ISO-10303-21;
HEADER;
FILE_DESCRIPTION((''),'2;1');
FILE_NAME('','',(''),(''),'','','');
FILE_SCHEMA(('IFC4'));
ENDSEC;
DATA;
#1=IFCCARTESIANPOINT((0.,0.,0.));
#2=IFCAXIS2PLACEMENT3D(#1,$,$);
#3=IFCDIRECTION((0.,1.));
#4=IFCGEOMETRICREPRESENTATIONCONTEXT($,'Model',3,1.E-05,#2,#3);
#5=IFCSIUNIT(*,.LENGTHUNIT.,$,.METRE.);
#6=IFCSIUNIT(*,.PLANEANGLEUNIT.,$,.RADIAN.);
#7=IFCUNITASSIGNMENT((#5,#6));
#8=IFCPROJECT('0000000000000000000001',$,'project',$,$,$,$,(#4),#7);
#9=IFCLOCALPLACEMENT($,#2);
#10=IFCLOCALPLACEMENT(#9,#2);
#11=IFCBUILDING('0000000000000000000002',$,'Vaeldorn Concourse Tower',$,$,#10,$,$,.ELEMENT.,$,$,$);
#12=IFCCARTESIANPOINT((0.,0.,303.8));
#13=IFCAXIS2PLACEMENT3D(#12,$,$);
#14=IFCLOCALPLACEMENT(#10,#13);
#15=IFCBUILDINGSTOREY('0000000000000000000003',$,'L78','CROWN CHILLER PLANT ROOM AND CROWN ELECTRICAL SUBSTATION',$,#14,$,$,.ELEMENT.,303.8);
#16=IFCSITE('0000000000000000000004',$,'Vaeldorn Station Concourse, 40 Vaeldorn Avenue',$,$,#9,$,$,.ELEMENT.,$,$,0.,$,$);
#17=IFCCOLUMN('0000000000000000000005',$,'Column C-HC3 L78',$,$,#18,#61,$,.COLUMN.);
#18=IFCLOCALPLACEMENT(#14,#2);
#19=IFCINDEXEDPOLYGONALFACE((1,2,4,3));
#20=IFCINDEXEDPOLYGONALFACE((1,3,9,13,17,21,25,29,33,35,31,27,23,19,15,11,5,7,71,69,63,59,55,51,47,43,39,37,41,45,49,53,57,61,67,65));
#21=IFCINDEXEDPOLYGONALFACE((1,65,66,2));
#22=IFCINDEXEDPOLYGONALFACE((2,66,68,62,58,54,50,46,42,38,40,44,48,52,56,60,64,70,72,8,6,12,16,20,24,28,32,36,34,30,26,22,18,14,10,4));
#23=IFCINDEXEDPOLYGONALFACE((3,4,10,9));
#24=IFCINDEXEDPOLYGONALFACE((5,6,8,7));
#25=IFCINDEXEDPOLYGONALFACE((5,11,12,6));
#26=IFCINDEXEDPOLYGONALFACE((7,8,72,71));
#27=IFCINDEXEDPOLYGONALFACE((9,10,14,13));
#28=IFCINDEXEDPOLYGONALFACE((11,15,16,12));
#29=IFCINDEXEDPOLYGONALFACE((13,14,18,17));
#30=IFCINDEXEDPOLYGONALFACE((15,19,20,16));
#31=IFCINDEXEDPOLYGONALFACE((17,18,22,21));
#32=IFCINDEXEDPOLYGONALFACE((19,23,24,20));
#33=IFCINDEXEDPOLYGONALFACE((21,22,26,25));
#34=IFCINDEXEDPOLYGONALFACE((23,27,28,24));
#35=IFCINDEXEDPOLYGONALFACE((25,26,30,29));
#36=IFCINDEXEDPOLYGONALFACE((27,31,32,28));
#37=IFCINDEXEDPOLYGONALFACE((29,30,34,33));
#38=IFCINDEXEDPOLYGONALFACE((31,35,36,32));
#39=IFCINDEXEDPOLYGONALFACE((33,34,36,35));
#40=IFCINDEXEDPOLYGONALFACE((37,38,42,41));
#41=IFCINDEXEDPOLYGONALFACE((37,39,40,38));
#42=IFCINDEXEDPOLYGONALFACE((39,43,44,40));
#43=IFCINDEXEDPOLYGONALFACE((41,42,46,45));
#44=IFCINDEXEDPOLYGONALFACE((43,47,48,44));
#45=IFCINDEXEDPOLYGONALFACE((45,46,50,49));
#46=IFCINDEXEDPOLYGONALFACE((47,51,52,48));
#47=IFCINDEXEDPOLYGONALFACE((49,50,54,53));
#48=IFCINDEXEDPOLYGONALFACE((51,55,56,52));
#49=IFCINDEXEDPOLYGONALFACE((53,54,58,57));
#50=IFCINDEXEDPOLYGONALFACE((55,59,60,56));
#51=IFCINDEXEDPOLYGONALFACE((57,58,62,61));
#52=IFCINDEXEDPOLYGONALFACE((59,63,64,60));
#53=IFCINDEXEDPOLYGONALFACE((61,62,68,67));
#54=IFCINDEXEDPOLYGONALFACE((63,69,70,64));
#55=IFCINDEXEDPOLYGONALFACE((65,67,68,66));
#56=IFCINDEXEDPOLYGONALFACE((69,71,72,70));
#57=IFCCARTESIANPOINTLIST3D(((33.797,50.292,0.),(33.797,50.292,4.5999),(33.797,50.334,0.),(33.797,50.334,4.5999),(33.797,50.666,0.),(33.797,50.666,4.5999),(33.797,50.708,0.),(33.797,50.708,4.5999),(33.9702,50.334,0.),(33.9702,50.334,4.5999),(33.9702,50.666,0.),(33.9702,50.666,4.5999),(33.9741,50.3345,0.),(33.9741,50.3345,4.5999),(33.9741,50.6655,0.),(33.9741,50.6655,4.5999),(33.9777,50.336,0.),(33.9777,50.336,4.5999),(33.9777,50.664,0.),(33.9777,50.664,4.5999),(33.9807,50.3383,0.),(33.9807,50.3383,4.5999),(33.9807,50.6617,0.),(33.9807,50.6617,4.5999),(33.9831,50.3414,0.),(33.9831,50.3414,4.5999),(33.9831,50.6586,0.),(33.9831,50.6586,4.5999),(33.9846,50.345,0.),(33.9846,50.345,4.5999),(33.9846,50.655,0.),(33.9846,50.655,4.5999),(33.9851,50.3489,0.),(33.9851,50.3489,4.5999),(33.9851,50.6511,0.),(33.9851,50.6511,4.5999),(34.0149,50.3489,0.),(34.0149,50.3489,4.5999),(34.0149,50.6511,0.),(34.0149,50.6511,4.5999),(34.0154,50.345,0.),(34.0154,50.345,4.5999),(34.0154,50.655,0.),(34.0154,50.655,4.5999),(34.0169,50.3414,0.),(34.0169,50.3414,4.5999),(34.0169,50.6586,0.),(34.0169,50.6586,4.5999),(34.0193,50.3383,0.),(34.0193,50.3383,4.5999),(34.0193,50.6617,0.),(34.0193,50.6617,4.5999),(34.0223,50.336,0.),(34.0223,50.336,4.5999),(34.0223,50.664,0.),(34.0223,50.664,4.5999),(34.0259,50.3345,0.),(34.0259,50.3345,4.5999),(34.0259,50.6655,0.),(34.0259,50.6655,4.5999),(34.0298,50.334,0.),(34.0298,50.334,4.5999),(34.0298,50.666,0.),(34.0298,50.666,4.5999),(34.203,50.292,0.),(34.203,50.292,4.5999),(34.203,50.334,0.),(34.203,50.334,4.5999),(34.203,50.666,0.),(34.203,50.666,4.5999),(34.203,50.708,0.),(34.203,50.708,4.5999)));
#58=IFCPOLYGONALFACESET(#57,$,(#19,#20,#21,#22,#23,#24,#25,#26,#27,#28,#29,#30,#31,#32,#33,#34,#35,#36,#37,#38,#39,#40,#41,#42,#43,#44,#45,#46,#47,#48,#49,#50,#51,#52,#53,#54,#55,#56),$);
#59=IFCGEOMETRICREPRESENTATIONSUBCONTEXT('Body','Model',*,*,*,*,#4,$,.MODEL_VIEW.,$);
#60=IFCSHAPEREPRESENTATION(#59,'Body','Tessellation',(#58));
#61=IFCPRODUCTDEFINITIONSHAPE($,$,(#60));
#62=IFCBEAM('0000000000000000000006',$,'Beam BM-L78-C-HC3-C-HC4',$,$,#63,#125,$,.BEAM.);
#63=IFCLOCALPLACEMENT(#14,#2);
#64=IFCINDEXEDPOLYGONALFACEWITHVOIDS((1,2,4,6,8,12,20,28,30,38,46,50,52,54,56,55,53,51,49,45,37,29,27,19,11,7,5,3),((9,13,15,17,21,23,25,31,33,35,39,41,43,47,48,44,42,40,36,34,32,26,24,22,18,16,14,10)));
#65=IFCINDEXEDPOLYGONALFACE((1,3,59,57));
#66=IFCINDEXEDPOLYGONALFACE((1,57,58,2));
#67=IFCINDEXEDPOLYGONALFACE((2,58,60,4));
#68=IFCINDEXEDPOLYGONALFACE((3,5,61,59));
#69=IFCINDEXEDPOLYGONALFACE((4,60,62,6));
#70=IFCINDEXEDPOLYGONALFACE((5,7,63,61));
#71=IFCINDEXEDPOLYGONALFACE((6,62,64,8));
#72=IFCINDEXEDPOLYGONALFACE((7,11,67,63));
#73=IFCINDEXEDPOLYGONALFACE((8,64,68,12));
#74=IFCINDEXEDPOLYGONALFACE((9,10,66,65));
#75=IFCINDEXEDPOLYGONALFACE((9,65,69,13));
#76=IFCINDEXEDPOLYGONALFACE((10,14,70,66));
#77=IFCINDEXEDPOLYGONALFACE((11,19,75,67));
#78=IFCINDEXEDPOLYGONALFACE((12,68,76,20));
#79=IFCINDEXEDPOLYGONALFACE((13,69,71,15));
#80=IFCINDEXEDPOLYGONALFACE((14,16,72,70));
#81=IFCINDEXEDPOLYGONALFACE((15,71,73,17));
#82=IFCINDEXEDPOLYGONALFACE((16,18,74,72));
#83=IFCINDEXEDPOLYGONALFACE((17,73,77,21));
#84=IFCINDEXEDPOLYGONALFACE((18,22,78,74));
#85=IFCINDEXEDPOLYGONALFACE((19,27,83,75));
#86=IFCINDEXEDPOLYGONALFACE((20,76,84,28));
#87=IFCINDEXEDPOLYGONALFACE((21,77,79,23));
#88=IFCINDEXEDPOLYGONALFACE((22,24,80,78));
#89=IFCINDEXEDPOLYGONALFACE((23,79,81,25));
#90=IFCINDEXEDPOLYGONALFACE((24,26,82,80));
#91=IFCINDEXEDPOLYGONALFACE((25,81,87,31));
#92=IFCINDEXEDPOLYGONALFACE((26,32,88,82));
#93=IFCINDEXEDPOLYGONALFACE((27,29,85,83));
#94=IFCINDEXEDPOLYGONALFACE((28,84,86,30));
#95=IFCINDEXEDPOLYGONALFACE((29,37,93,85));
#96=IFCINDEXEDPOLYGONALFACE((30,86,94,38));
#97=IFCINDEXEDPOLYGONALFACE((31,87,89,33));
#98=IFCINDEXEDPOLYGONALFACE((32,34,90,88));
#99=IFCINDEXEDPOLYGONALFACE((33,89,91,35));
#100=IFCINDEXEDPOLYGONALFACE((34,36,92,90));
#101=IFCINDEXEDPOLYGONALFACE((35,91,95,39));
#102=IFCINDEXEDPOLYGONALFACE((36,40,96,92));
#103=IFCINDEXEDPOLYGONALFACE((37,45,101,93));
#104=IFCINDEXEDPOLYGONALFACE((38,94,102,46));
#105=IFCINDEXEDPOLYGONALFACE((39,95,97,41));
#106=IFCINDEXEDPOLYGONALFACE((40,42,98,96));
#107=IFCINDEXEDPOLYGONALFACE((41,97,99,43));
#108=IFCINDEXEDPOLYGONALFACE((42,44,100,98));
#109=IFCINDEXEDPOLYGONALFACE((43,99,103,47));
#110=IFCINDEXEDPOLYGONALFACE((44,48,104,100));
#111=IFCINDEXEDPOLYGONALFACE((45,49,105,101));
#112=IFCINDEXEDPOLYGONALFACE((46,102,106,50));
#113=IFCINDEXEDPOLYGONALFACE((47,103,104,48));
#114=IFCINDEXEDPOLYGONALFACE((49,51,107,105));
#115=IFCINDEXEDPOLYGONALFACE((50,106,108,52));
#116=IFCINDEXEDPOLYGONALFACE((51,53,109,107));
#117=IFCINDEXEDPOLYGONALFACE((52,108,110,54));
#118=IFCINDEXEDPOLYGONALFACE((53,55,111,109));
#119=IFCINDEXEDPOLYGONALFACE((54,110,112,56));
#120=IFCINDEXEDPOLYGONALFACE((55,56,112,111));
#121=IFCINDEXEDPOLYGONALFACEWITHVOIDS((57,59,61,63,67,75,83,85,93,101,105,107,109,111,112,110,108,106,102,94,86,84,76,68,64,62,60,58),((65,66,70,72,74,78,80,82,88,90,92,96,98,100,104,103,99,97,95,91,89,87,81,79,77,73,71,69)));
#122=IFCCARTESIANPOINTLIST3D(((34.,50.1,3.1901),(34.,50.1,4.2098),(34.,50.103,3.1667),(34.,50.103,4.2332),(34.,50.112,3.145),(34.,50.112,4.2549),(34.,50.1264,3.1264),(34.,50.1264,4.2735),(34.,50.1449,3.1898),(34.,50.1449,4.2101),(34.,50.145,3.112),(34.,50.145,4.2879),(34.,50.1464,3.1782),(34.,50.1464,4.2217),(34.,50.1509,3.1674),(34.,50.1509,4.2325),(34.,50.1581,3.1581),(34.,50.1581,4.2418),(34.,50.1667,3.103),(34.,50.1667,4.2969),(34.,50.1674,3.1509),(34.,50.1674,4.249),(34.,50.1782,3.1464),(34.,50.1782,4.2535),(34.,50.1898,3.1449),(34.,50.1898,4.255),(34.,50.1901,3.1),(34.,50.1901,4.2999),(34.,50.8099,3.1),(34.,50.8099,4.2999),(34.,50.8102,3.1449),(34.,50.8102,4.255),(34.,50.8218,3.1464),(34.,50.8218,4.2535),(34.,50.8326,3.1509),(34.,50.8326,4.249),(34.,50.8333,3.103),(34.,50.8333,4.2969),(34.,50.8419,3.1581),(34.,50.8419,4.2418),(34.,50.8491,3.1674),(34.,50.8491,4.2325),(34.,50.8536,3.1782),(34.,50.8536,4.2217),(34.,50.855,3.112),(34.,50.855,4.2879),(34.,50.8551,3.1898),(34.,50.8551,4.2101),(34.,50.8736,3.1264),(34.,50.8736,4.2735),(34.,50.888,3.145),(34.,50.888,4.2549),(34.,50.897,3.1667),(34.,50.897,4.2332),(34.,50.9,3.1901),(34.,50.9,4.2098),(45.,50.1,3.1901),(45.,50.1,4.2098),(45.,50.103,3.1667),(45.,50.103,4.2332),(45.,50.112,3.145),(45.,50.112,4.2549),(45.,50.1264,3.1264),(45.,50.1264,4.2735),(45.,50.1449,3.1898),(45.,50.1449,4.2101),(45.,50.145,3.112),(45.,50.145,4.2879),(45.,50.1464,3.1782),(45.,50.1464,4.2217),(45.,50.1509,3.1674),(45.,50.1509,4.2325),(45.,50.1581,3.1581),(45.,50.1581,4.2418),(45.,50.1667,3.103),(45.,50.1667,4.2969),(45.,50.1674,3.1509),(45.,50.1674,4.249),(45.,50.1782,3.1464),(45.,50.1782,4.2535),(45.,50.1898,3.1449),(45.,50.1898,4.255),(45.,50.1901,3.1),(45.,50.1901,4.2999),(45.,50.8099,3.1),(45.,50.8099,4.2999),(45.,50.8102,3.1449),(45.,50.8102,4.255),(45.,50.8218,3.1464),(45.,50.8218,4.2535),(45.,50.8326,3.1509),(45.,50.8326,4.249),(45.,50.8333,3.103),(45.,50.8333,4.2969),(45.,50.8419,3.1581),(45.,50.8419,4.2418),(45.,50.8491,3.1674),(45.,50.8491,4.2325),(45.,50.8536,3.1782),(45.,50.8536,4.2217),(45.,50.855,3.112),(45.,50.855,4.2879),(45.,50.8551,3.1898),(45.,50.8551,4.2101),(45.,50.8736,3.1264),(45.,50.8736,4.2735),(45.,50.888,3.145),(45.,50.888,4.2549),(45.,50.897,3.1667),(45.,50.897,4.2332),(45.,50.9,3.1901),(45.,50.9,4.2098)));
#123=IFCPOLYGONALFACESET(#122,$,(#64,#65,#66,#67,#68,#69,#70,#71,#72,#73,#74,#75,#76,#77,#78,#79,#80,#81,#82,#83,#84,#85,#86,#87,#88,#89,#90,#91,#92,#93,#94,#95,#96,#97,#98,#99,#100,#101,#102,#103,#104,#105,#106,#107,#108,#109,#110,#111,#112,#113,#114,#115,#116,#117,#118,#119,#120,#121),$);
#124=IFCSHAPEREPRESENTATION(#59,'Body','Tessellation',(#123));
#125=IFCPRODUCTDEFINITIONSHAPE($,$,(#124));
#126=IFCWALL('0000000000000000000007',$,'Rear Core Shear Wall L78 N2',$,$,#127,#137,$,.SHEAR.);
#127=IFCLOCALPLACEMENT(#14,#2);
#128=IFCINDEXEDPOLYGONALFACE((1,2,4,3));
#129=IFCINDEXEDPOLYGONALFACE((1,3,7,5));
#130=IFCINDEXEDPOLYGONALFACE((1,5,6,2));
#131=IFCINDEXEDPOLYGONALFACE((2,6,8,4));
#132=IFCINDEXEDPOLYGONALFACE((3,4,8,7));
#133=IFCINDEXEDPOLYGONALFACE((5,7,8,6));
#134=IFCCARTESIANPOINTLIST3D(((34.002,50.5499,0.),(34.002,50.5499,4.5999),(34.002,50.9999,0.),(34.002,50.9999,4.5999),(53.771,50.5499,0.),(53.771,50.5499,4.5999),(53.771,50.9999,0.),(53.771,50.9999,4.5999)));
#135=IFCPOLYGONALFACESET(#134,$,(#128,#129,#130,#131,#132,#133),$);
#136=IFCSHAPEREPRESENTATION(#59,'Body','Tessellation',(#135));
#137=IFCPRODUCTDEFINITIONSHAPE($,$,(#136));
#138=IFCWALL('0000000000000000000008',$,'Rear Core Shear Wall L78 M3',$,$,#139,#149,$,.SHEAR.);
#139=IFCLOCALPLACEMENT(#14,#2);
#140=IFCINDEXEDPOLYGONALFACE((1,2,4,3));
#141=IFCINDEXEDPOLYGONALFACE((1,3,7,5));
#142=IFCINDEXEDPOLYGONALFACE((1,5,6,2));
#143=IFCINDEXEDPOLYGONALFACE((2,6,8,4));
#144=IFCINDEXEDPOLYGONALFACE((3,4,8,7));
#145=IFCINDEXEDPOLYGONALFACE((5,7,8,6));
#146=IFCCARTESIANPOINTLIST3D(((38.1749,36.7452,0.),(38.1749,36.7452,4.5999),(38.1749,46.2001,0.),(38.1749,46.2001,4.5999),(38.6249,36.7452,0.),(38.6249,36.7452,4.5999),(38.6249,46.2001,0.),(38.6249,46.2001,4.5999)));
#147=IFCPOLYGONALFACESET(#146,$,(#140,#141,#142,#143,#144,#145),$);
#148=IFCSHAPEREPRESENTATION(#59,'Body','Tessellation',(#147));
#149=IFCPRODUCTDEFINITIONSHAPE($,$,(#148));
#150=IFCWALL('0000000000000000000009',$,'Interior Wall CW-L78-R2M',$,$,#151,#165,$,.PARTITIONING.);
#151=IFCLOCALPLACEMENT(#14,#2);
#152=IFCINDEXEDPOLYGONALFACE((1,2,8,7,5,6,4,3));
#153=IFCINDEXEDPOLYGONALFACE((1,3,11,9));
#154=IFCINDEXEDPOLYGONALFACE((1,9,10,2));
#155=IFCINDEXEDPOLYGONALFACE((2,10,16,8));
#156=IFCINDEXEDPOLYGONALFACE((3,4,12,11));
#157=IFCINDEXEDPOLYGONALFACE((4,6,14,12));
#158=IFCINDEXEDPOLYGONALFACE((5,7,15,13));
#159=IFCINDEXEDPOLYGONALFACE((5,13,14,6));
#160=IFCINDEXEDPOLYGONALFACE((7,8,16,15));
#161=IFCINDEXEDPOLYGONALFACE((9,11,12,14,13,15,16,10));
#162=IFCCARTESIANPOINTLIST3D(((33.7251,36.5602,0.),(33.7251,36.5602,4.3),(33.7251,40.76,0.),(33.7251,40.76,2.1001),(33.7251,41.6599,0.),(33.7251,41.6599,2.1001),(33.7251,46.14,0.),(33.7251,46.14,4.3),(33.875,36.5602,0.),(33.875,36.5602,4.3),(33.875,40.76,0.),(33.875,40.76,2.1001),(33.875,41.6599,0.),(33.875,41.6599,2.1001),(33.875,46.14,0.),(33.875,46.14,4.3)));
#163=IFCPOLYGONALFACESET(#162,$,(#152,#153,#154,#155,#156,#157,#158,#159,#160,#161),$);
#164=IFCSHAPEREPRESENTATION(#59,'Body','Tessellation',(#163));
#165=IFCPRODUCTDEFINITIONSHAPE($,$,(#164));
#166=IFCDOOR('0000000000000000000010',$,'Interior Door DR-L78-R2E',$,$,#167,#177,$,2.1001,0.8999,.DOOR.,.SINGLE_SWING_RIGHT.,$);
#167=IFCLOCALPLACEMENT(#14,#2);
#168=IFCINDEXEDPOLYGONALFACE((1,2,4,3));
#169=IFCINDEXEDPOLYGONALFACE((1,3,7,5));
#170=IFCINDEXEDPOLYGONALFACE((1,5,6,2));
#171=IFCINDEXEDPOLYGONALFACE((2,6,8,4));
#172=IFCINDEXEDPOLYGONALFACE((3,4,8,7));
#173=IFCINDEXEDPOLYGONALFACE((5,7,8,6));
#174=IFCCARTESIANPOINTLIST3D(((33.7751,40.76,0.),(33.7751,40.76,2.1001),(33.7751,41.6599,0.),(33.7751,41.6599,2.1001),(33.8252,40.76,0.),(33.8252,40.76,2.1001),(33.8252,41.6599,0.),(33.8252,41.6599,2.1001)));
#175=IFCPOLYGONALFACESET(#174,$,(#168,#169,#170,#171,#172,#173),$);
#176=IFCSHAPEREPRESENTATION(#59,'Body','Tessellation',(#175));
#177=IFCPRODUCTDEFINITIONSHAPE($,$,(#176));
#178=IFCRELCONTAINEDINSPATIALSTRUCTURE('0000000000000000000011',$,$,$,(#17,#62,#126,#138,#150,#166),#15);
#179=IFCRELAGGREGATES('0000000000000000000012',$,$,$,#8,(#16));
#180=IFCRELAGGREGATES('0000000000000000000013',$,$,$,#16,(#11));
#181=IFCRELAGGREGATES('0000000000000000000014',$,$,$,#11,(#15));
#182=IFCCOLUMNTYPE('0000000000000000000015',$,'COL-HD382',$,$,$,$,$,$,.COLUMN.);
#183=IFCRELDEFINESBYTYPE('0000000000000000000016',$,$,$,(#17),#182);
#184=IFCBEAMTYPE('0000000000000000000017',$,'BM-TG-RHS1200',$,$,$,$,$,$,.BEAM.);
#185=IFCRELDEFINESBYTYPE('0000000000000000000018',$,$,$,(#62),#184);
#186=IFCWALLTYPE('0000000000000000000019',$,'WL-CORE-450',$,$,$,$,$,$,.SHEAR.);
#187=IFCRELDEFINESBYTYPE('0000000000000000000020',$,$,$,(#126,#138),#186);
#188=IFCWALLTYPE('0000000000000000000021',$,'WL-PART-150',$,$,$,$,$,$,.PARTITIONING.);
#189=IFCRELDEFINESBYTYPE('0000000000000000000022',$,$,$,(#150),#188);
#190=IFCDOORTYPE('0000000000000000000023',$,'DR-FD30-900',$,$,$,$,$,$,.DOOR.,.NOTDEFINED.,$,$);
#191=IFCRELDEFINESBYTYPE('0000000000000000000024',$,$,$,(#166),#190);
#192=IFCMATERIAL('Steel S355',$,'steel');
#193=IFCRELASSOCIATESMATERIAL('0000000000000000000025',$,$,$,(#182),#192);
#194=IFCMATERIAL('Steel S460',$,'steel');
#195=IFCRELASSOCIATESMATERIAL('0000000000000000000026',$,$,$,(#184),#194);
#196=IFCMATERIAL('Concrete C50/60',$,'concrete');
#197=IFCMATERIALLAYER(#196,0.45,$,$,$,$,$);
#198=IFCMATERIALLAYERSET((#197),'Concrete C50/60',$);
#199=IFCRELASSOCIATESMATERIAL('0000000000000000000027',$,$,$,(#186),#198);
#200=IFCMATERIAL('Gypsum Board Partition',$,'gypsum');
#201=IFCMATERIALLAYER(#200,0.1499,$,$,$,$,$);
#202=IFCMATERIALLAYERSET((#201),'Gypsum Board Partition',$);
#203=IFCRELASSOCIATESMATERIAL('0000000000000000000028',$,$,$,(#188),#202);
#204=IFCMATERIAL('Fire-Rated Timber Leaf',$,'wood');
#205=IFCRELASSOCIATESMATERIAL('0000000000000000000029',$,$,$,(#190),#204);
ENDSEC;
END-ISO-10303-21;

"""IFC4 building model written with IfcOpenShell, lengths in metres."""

from ifc_helpers import new_model, si_unit, direction, frame, frame_2d, origin, origin_2d, place, context, subcontext, project, spatial, rectangle, hollow_rectangle, i_section, extrude, source, transform, mapped, material, layer, layer_set, material_profile, profile_set, type_object, element, fill, save


model = new_model("IFC4")

# Units and contexts
model_context = context("Model", 3, precision=1e-05, world=origin(), true_north=direction((0.0, 1.0)))
body_context = subcontext(model_context, "Body", "Model", "MODEL_VIEW")
ifc_project = project(units=[si_unit("LENGTHUNIT", "METRE"), si_unit("PLANEANGLEUNIT", "RADIAN")], contexts=[model_context])

# Site, building, storey
site_placement = place(None, origin())
site = spatial("IfcSite", under=ifc_project, at=site_placement, Name="Vaeldorn Station Concourse, 40 Vaeldorn Avenue", CompositionType="ELEMENT", RefElevation=0.0)
building_placement = place(site_placement, origin())
building = spatial("IfcBuilding", under=site, at=building_placement, Name="Vaeldorn Concourse Tower", CompositionType="ELEMENT")
storey_placement = place(building_placement, frame((0.0, 0.0, 303.8)))
storey = spatial("IfcBuildingStorey", under=building, at=storey_placement, Name="L78", Description="CROWN CHILLER PLANT ROOM AND CROWN ELECTRICAL SUBSTATION", CompositionType="ELEMENT", Elevation=303.8)

# Column
ifc_material_1 = material(Name="Steel S355", Category="steel")
ifc_material_profile_1 = material_profile(ifc_material_1, i_section(OverallWidth=0.406, OverallDepth=0.416, WebThickness=0.0298, FlangeThickness=0.042, FilletRadius=0.0149, at=origin_2d()), Name="HD 400x382")
ifc_profile_set_1 = profile_set([ifc_material_profile_1], Name="Steel S355")
column_type = type_object("IfcColumnType", Name="COL-HD382", PredefinedType="COLUMN", material=ifc_profile_set_1)
shared_shape_1 = source(origin(), body_context, "Body", "SweptSolid", [
    extrude(i_section(OverallWidth=0.406, OverallDepth=0.416, WebThickness=0.0298, FlangeThickness=0.042, FilletRadius=0.0149, at=origin_2d()), origin(), (0.0, 0.0, 1.0), 4.5999),
])
column_placement = place(storey_placement, frame((34.0, 50.5, 0.0), z_axis=(0.0, 0.0, 1.0), x_axis=(1.0, 0.0, 0.0)))
element("IfcColumn", 1, at=column_placement, inside=storey, type_object=column_type, Name="Column C-HC3 L78", PredefinedType="COLUMN", context=body_context, shape_type="MappedRepresentation", body=[
    mapped(shared_shape_1, transform((0.0, 0.0, 0.0), scale=1.0)),
])

# Beam
ifc_material_2 = material(Name="Steel S460", Category="steel")
ifc_material_profile_2 = material_profile(ifc_material_2, hollow_rectangle(XDim=0.8, YDim=1.2, WallThickness=0.0449, InnerFilletRadius=0.0449, OuterFilletRadius=0.0901, at=origin_2d()), Name="RHS 1200x800x45")
ifc_profile_set_2 = profile_set([ifc_material_profile_2], Name="Steel S460")
beam_type = type_object("IfcBeamType", Name="BM-TG-RHS1200", PredefinedType="BEAM", material=ifc_profile_set_2)
shared_shape_2 = source(origin(), body_context, "Body", "SweptSolid", [
    extrude(hollow_rectangle(XDim=0.8, YDim=1.2, WallThickness=0.0449, InnerFilletRadius=0.0449, OuterFilletRadius=0.0901, at=origin_2d()), origin(), (0.0, 0.0, 1.0), 11.0),
])
beam_placement = place(storey_placement, frame((34.0, 50.5, 3.7), z_axis=(1.0, 0.0, 0.0), x_axis=(0.0, 1.0, 0.0)))
element("IfcBeam", 2, at=beam_placement, inside=storey, type_object=beam_type, Name="Beam BM-L78-C-HC3-C-HC4", PredefinedType="BEAM", context=body_context, shape_type="MappedRepresentation", body=[
    mapped(shared_shape_2, transform((0.0, 0.0, 0.0), scale=1.0)),
])

# Walls
ifc_material_3 = material(Name="Concrete C50/60", Category="concrete")
ifc_layer_1 = layer(ifc_material_3, 0.45)
ifc_layer_set_1 = layer_set([ifc_layer_1], Name="Concrete C50/60")
wall_type_1 = type_object("IfcWallType", Name="WL-CORE-450", PredefinedType="SHEAR", material=ifc_layer_set_1)
wall_1_placement = place(storey_placement, frame((34.002, 50.7749, 0.0), z_axis=(0.0, 0.0, 1.0), x_axis=(1.0, 0.0, 0.0)))
element("IfcWall", 3, at=wall_1_placement, inside=storey, type_object=wall_type_1, Name="Rear Core Shear Wall L78 N2", PredefinedType="SHEAR", context=body_context, shape_type="SweptSolid", body=[
    extrude(rectangle(XDim=19.769, YDim=0.45, at=frame_2d((9.8845, 0.0))), origin(), (0.0, 0.0, 1.0), 4.5999),
])
wall_2_placement = place(storey_placement, frame((38.3999, 36.7451, 0.0), z_axis=(0.0, 0.0, 1.0), x_axis=(0.0, 1.0, 0.0)))
element("IfcWall", 4, at=wall_2_placement, inside=storey, type_object=wall_type_1, Name="Rear Core Shear Wall L78 M3", PredefinedType="SHEAR", context=body_context, shape_type="SweptSolid", body=[
    extrude(rectangle(XDim=9.4548, YDim=0.45, at=frame_2d((4.7275, 0.0))), origin(), (0.0, 0.0, 1.0), 4.5999),
])

# Wall, opening, door
ifc_material_4 = material(Name="Gypsum Board Partition", Category="gypsum")
ifc_layer_2 = layer(ifc_material_4, 0.1499)
ifc_layer_set_2 = layer_set([ifc_layer_2], Name="Gypsum Board Partition")
wall_type_2 = type_object("IfcWallType", Name="WL-PART-150", PredefinedType="PARTITIONING", material=ifc_layer_set_2)
wall_3_placement = place(storey_placement, frame((33.8, 36.5601, 0.0), z_axis=(0.0, 0.0, 1.0), x_axis=(0.0, 1.0, 0.0)))
wall_3 = element("IfcWall", 5, at=wall_3_placement, inside=storey, type_object=wall_type_2, Name="Interior Wall CW-L78-R2M", PredefinedType="PARTITIONING", context=body_context, shape_type="SweptSolid", body=[
    extrude(rectangle(XDim=9.5798, YDim=0.1499, at=frame_2d((4.79, 0.0))), origin(), (0.0, 0.0, 1.0), 4.3),
])
opening_1_placement = place(wall_3_placement, frame((4.2, 0.0, 0.0)))
opening_1 = element("IfcOpeningElement", 6, at=opening_1_placement, cuts=wall_3, PredefinedType="OPENING", context=body_context, shape_type="SweptSolid", body=[
    extrude(rectangle(XDim=0.8999, YDim=2.1001, at=frame_2d((0.45, 1.05))), frame((0.0, 0.085, 0.0), z_axis=(0.0, -1.0, 0.0), x_axis=(1.0, 0.0, 0.0)), (0.0, 0.0, 1.0), 0.1699),
])
ifc_material_5 = material(Name="Fire-Rated Timber Leaf", Category="wood")
door_type_1 = type_object("IfcDoorType", Name="DR-FD30-900", OperationType="NOTDEFINED", PredefinedType="DOOR", material=ifc_material_5)
shared_shape_3 = source(origin(), body_context, "Body", "SweptSolid", [
    extrude(rectangle(XDim=0.8999, YDim=2.1001, at=frame_2d((0.45, 1.05))), frame((0.0, 0.0249, 0.0), z_axis=(0.0, -1.0, 0.0), x_axis=(1.0, 0.0, 0.0)), (0.0, 0.0, 1.0), 0.05),
])
door_1_placement = place(opening_1_placement, origin())
door_1 = element("IfcDoor", 7, at=door_1_placement, inside=storey, type_object=door_type_1, Name="Interior Door DR-L78-R2E", OperationType="SINGLE_SWING_RIGHT", OverallHeight=2.1001, OverallWidth=0.8999, PredefinedType="DOOR", context=body_context, shape_type="MappedRepresentation", body=[
    mapped(shared_shape_3, transform((0.0, 0.0, 0.0), scale=1.0)),
])
fill(opening_1, door_1)

save(model, "model.ifc")
